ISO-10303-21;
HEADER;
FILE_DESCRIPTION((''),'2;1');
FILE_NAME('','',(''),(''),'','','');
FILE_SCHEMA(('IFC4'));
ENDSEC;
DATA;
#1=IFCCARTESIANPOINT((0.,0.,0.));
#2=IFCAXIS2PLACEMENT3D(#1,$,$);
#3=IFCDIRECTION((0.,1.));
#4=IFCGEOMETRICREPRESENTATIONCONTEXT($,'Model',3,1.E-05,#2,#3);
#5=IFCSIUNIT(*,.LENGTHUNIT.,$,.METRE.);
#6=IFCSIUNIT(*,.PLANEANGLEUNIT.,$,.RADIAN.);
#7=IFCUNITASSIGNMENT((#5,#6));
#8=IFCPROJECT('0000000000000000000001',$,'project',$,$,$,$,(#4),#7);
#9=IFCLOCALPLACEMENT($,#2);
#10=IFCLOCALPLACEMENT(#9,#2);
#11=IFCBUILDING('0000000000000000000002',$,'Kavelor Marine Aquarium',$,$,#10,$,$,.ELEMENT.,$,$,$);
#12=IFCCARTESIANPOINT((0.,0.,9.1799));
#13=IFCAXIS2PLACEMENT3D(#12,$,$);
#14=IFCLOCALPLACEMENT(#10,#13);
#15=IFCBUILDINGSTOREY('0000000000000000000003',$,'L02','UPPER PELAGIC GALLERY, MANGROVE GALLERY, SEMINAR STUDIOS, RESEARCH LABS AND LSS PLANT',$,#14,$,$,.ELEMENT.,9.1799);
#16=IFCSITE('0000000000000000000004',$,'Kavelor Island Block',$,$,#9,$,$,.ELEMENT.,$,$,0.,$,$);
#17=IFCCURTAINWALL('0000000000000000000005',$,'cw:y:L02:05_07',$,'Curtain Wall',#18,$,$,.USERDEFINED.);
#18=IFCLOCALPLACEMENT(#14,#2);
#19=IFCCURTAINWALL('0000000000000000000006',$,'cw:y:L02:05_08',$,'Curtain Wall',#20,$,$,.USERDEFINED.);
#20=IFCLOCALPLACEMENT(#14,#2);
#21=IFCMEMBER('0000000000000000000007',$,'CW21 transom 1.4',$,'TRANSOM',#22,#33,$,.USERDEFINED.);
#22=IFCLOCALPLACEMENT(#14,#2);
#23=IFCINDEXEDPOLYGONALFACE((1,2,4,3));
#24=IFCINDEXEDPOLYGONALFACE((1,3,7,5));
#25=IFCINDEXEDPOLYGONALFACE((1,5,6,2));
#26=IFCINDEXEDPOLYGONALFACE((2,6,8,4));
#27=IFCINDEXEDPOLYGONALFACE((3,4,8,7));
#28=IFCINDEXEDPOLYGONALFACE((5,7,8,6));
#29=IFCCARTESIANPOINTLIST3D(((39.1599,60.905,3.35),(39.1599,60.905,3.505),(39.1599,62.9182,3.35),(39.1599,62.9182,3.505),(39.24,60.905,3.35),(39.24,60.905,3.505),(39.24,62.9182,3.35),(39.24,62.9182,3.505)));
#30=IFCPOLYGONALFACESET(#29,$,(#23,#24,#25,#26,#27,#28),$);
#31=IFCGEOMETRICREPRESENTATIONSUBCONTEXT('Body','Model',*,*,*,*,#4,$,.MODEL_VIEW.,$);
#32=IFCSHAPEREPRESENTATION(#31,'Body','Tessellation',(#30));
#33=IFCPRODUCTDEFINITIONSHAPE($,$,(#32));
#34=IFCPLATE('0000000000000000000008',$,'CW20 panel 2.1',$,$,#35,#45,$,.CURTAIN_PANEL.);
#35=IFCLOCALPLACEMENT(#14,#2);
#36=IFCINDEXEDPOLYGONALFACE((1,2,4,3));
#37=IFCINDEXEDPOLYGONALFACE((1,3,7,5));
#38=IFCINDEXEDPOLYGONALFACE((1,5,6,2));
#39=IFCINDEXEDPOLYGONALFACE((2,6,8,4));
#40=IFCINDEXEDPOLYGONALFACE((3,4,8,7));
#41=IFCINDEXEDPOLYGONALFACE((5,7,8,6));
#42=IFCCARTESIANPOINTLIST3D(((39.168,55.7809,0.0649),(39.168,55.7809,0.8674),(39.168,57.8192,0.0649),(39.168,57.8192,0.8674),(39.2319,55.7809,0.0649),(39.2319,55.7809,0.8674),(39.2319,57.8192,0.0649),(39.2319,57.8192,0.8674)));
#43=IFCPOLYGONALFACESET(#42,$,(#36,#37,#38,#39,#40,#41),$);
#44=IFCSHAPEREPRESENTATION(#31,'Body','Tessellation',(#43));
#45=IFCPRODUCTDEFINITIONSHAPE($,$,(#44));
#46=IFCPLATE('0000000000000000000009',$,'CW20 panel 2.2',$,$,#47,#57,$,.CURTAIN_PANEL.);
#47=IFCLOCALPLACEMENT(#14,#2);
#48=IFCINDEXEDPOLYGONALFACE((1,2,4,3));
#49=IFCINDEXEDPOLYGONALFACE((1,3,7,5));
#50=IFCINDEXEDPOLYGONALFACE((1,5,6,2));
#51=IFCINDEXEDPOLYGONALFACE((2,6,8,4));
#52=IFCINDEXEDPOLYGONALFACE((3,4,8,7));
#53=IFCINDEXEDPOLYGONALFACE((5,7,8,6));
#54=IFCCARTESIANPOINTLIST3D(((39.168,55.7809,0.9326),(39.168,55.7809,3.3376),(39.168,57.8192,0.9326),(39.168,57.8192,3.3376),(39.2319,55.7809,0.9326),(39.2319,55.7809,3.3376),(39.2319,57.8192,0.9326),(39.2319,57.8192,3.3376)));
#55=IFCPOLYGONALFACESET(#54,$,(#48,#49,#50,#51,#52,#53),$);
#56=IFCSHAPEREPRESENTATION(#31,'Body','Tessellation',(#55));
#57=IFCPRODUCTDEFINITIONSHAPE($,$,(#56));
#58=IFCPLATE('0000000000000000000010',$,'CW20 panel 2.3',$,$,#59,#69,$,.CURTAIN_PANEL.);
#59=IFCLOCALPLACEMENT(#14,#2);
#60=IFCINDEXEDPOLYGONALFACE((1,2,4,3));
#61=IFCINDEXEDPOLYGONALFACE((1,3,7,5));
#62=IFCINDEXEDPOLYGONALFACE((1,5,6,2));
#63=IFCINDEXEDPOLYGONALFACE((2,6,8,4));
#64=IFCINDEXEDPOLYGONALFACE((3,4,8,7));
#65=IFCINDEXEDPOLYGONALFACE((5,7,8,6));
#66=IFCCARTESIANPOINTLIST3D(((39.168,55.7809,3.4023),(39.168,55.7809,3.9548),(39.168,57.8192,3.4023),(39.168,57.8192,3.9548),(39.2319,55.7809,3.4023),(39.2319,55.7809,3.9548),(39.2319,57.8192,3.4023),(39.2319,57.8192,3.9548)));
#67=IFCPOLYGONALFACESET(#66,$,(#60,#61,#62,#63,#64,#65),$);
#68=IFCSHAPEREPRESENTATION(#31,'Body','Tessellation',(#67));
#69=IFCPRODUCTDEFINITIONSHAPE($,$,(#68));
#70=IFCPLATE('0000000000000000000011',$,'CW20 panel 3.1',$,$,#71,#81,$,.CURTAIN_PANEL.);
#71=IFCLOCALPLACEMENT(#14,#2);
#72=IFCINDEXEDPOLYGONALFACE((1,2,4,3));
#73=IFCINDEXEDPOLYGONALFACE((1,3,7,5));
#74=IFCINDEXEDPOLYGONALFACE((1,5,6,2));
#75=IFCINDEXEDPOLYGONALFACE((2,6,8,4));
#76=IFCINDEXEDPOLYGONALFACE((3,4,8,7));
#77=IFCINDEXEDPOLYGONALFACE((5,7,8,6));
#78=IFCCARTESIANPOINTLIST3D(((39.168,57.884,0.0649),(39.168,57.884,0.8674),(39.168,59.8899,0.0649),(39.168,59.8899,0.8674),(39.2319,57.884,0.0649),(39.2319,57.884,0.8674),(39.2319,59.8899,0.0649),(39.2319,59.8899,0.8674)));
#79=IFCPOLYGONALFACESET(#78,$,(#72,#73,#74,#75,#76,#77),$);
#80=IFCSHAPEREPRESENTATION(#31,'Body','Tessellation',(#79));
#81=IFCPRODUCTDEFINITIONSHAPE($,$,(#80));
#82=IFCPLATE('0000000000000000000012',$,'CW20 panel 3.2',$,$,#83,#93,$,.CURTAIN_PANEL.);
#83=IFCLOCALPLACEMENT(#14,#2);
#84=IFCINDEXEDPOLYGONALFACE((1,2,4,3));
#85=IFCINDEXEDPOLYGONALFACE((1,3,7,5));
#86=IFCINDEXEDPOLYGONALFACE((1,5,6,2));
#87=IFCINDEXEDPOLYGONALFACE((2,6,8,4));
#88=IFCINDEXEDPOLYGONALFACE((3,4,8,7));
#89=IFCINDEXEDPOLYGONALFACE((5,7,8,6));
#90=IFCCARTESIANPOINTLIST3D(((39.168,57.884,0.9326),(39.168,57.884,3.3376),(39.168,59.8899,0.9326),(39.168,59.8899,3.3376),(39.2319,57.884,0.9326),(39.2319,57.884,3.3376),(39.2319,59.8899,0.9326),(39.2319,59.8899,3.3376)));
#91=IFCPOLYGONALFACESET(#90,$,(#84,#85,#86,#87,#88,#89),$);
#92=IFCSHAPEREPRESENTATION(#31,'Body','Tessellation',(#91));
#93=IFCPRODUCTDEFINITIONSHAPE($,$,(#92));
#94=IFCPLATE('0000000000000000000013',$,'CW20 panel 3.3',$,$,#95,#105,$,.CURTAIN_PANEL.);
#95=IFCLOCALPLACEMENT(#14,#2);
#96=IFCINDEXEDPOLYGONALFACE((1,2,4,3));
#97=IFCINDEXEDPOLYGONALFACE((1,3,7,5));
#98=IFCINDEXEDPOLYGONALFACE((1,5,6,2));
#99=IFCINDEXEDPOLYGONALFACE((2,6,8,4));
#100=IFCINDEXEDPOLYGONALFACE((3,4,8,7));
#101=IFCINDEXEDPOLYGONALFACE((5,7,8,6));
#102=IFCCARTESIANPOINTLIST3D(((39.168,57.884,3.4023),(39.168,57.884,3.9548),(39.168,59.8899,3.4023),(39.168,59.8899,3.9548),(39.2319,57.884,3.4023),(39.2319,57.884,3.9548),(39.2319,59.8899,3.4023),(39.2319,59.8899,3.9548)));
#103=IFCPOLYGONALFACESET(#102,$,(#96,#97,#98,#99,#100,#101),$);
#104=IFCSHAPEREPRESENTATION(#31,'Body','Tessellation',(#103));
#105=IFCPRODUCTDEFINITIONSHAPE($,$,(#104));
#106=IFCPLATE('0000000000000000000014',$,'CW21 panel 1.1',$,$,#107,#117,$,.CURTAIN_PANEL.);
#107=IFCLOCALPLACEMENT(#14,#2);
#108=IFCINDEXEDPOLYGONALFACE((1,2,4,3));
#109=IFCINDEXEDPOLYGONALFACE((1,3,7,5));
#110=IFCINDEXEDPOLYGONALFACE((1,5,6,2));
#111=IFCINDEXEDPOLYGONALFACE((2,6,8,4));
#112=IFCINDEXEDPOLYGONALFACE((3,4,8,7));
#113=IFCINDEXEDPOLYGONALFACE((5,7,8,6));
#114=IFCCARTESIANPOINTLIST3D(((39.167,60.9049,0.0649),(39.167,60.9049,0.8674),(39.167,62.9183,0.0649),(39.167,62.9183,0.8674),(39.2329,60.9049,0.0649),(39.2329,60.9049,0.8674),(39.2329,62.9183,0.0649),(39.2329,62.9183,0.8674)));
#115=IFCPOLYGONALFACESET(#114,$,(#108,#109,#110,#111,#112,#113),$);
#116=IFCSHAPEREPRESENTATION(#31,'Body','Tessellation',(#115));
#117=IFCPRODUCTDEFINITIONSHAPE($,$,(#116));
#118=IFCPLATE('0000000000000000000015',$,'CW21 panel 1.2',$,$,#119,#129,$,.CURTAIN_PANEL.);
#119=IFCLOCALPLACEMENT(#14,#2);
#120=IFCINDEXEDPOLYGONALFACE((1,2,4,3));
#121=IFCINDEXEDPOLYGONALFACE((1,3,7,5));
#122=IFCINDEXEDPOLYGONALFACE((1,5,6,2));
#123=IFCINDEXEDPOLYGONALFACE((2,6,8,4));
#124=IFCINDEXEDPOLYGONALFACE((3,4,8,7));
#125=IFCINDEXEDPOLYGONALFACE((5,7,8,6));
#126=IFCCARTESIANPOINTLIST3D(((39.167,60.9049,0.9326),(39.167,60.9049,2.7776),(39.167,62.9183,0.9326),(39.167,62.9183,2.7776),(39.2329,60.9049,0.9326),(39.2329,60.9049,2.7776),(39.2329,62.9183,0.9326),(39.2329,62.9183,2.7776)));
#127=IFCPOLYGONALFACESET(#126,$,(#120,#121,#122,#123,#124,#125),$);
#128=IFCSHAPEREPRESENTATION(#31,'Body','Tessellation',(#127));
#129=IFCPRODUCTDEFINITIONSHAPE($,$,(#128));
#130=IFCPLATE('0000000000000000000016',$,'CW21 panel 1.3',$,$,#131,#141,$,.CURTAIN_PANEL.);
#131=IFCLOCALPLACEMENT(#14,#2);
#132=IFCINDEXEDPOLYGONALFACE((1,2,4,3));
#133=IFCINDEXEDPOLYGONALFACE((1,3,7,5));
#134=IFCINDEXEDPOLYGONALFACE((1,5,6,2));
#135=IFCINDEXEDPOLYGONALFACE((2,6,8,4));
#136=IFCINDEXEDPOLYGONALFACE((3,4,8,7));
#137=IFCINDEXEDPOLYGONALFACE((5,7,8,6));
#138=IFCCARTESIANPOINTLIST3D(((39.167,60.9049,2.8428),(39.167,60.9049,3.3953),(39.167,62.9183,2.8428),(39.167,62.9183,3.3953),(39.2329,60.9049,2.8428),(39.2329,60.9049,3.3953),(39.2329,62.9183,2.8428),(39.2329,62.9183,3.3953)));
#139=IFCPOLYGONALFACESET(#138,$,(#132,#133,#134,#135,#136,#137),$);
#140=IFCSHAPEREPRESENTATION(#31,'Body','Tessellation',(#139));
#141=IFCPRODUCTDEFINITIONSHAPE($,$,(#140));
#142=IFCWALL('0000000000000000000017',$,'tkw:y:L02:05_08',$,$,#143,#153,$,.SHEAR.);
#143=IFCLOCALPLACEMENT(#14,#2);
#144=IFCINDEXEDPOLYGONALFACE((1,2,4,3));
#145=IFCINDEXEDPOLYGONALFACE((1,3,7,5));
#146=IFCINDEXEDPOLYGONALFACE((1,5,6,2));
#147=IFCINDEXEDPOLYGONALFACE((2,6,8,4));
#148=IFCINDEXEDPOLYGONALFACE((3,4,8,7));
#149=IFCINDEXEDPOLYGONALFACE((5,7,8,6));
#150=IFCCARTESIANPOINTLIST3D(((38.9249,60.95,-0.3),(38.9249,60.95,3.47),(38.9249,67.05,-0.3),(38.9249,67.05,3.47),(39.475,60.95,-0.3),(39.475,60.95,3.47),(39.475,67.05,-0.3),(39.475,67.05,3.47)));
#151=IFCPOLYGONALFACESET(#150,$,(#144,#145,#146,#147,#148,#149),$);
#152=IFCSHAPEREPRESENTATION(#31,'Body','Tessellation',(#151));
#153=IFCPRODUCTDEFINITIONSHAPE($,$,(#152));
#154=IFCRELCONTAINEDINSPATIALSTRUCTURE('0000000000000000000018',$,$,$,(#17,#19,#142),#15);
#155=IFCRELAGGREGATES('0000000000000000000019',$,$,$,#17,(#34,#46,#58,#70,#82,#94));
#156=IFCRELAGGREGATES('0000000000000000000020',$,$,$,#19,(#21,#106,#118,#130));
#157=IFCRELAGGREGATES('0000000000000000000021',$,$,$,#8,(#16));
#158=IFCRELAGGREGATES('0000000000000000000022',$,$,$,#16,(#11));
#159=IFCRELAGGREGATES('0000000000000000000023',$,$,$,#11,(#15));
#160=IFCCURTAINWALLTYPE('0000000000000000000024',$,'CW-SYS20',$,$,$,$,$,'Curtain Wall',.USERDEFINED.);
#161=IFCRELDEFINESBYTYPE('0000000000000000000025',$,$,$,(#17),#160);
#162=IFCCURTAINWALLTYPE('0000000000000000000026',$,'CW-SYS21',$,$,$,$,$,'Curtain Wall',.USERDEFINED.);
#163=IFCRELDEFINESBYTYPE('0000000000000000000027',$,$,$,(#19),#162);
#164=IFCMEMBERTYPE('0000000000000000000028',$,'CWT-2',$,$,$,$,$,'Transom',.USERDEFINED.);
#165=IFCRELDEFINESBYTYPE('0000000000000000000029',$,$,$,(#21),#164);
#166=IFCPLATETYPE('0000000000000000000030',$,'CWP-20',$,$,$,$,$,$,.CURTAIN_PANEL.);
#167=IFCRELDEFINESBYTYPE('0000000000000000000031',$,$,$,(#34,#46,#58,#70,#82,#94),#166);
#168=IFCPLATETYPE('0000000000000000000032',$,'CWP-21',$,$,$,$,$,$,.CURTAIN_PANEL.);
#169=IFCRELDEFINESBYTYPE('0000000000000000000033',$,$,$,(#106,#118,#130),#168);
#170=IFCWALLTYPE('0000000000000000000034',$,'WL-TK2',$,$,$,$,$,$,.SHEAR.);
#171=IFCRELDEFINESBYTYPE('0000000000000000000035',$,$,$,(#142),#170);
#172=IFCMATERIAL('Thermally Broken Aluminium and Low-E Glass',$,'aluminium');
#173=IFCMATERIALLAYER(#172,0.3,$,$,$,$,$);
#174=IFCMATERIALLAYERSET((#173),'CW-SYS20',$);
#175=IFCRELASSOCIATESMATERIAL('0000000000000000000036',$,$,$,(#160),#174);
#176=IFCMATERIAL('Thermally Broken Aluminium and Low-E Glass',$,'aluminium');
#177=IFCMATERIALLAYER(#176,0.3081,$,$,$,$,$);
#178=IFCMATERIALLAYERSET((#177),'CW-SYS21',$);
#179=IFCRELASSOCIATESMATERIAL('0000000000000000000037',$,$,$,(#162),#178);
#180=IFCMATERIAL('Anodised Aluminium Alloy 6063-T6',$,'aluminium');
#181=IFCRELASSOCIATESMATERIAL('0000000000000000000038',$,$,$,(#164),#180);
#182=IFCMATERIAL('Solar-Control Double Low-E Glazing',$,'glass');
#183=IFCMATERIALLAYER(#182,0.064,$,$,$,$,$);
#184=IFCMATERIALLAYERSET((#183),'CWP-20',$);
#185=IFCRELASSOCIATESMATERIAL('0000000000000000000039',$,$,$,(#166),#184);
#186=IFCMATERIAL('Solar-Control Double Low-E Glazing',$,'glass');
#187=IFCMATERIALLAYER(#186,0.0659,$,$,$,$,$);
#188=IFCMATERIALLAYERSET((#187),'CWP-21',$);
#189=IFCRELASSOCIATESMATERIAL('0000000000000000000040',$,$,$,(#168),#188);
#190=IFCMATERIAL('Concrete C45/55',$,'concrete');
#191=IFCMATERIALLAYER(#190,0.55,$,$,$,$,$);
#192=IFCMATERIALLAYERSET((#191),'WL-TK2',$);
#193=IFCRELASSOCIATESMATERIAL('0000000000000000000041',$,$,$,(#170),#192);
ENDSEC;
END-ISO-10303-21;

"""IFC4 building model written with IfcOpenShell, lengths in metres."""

from ifc_helpers import new_model, si_unit, direction, frame, frame_2d, origin, origin_2d, place, context, subcontext, project, spatial, rectangle, extrude, material, layer, layer_set, material_profile, profile_set, type_object, element, aggregate, save


model = new_model("IFC4")

# Units and contexts
model_context = context("Model", 3, precision=1e-05, world=origin(), true_north=direction((0.0, 1.0)))
body_context = subcontext(model_context, "Body", "Model", "MODEL_VIEW")
ifc_project = project(units=[si_unit("LENGTHUNIT", "METRE"), si_unit("PLANEANGLEUNIT", "RADIAN")], contexts=[model_context])

# Site, building, storey
site_placement = place(None, origin())
site = spatial("IfcSite", under=ifc_project, at=site_placement, Name="Kavelor Island Block", CompositionType="ELEMENT", RefElevation=0.0)
building_placement = place(site_placement, origin())
building = spatial("IfcBuilding", under=site, at=building_placement, Name="Kavelor Marine Aquarium", CompositionType="ELEMENT")
storey_placement = place(building_placement, frame((0.0, 0.0, 9.1799)))
storey = spatial("IfcBuildingStorey", under=building, at=storey_placement, Name="L02", Description="UPPER PELAGIC GALLERY, MANGROVE GALLERY, SEMINAR STUDIOS, RESEARCH LABS AND LSS PLANT", CompositionType="ELEMENT", Elevation=9.1799)

# Curtain wall
ifc_material_1 = material(Name="Thermally Broken Aluminium and Low-E Glass", Category="aluminium")
ifc_layer_1 = layer(ifc_material_1, 0.3)
ifc_layer_set_1 = layer_set([ifc_layer_1], Name="CW-SYS20")
curtain_wall_type_1 = type_object("IfcCurtainWallType", Name="CW-SYS20", ElementType="Curtain Wall", PredefinedType="USERDEFINED", material=ifc_layer_set_1)
curtain_wall_1_placement = place(storey_placement, origin())
curtain_wall_1 = element("IfcCurtainWall", 1, at=curtain_wall_1_placement, inside=storey, type_object=curtain_wall_type_1, Name="cw:y:L02:05_07", ObjectType="Curtain Wall", PredefinedType="USERDEFINED")

# Curtain wall
ifc_material_2 = material(Name="Thermally Broken Aluminium and Low-E Glass", Category="aluminium")
ifc_layer_2 = layer(ifc_material_2, 0.3081)
ifc_layer_set_2 = layer_set([ifc_layer_2], Name="CW-SYS21")
curtain_wall_type_2 = type_object("IfcCurtainWallType", Name="CW-SYS21", ElementType="Curtain Wall", PredefinedType="USERDEFINED", material=ifc_layer_set_2)
curtain_wall_2_placement = place(storey_placement, origin())
curtain_wall_2 = element("IfcCurtainWall", 2, at=curtain_wall_2_placement, inside=storey, type_object=curtain_wall_type_2, Name="cw:y:L02:05_08", ObjectType="Curtain Wall", PredefinedType="USERDEFINED")

# Member
ifc_material_3 = material(Name="Anodised Aluminium Alloy 6063-T6", Category="aluminium")
ifc_material_profile_1 = material_profile(ifc_material_3, rectangle(XDim=0.0801, YDim=0.155, at=origin_2d()), Name="CW-TRN 80x155")
ifc_profile_set_1 = profile_set([ifc_material_profile_1], Name="Anodised Aluminium Alloy 6063-T6")
member_type_1 = type_object("IfcMemberType", Name="CWT-2", ElementType="Transom", PredefinedType="USERDEFINED", material=ifc_profile_set_1)
member_1_placement = place(storey_placement, frame((39.2, 60.905, 3.4275), z_axis=(0.0, 1.0, 0.0), x_axis=(-1.0, 0.0, 0.0)))
member_1 = element("IfcMember", 3, at=member_1_placement, type_object=member_type_1, Name="CW21 transom 1.4", ObjectType="TRANSOM", PredefinedType="USERDEFINED", context=body_context, shape_type="SweptSolid", body=[
    extrude(rectangle(XDim=0.0801, YDim=0.155, at=origin_2d()), origin(), (0.0, 0.0, 1.0), 2.0132),
])

# Plates
ifc_material_4 = material(Name="Solar-Control Double Low-E Glazing", Category="glass")
ifc_layer_3 = layer(ifc_material_4, 0.064)
ifc_layer_set_3 = layer_set([ifc_layer_3], Name="CWP-20")
plate_type_1 = type_object("IfcPlateType", Name="CWP-20", PredefinedType="CURTAIN_PANEL", material=ifc_layer_set_3)
plate_1_placement = place(storey_placement, frame((39.2, 56.8, 0.0649), z_axis=(0.0, 0.0, 1.0), x_axis=(0.0, 1.0, 0.0)))
plate_1 = element("IfcPlate", 4, at=plate_1_placement, type_object=plate_type_1, Name="CW20 panel 2.1", PredefinedType="CURTAIN_PANEL", context=body_context, shape_type="SweptSolid", body=[
    extrude(rectangle(XDim=2.0383, YDim=0.064, at=origin_2d()), origin(), (0.0, 0.0, 1.0), 0.8025),
])
plate_2_placement = place(storey_placement, frame((39.2, 56.8, 0.9326), z_axis=(0.0, 0.0, 1.0), x_axis=(0.0, 1.0, 0.0)))
plate_2 = element("IfcPlate", 5, at=plate_2_placement, type_object=plate_type_1, Name="CW20 panel 2.2", PredefinedType="CURTAIN_PANEL", context=body_context, shape_type="SweptSolid", body=[
    extrude(rectangle(XDim=2.0383, YDim=0.064, at=origin_2d()), origin(), (0.0, 0.0, 1.0), 2.405),
])
plate_3_placement = place(storey_placement, frame((39.2, 56.8, 3.4023), z_axis=(0.0, 0.0, 1.0), x_axis=(0.0, 1.0, 0.0)))
plate_3 = element("IfcPlate", 6, at=plate_3_placement, type_object=plate_type_1, Name="CW20 panel 2.3", PredefinedType="CURTAIN_PANEL", context=body_context, shape_type="SweptSolid", body=[
    extrude(rectangle(XDim=2.0383, YDim=0.064, at=origin_2d()), origin(), (0.0, 0.0, 1.0), 0.5525),
])
plate_4_placement = place(storey_placement, frame((39.2, 58.887, 0.0649), z_axis=(0.0, 0.0, 1.0), x_axis=(0.0, 1.0, 0.0)))
plate_4 = element("IfcPlate", 7, at=plate_4_placement, type_object=plate_type_1, Name="CW20 panel 3.1", PredefinedType="CURTAIN_PANEL", context=body_context, shape_type="SweptSolid", body=[
    extrude(rectangle(XDim=2.0059, YDim=0.064, at=origin_2d()), origin(), (0.0, 0.0, 1.0), 0.8025),
])
plate_5_placement = place(storey_placement, frame((39.2, 58.887, 0.9326), z_axis=(0.0, 0.0, 1.0), x_axis=(0.0, 1.0, 0.0)))
plate_5 = element("IfcPlate", 8, at=plate_5_placement, type_object=plate_type_1, Name="CW20 panel 3.2", PredefinedType="CURTAIN_PANEL", context=body_context, shape_type="SweptSolid", body=[
    extrude(rectangle(XDim=2.0059, YDim=0.064, at=origin_2d()), origin(), (0.0, 0.0, 1.0), 2.405),
])
plate_6_placement = place(storey_placement, frame((39.2, 58.887, 3.4023), z_axis=(0.0, 0.0, 1.0), x_axis=(0.0, 1.0, 0.0)))
plate_6 = element("IfcPlate", 9, at=plate_6_placement, type_object=plate_type_1, Name="CW20 panel 3.3", PredefinedType="CURTAIN_PANEL", context=body_context, shape_type="SweptSolid", body=[
    extrude(rectangle(XDim=2.0059, YDim=0.064, at=origin_2d()), origin(), (0.0, 0.0, 1.0), 0.5525),
])
aggregate(curtain_wall_1, [plate_1, plate_2, plate_3, plate_4, plate_5, plate_6])
ifc_material_5 = material(Name="Solar-Control Double Low-E Glazing", Category="glass")
ifc_layer_4 = layer(ifc_material_5, 0.0659)
ifc_layer_set_4 = layer_set([ifc_layer_4], Name="CWP-21")
plate_type_2 = type_object("IfcPlateType", Name="CWP-21", PredefinedType="CURTAIN_PANEL", material=ifc_layer_set_4)
plate_7_placement = place(storey_placement, frame((39.2, 61.9116, 0.0649), z_axis=(0.0, 0.0, 1.0), x_axis=(0.0, 1.0, 0.0)))
plate_7 = element("IfcPlate", 10, at=plate_7_placement, type_object=plate_type_2, Name="CW21 panel 1.1", PredefinedType="CURTAIN_PANEL", context=body_context, shape_type="SweptSolid", body=[
    extrude(rectangle(XDim=2.0134, YDim=0.0659, at=origin_2d()), origin(), (0.0, 0.0, 1.0), 0.8025),
])
plate_8_placement = place(storey_placement, frame((39.2, 61.9116, 0.9326), z_axis=(0.0, 0.0, 1.0), x_axis=(0.0, 1.0, 0.0)))
plate_8 = element("IfcPlate", 11, at=plate_8_placement, type_object=plate_type_2, Name="CW21 panel 1.2", PredefinedType="CURTAIN_PANEL", context=body_context, shape_type="SweptSolid", body=[
    extrude(rectangle(XDim=2.0134, YDim=0.0659, at=origin_2d()), origin(), (0.0, 0.0, 1.0), 1.845),
])
plate_9_placement = place(storey_placement, frame((39.2, 61.9116, 2.8428), z_axis=(0.0, 0.0, 1.0), x_axis=(0.0, 1.0, 0.0)))
plate_9 = element("IfcPlate", 12, at=plate_9_placement, type_object=plate_type_2, Name="CW21 panel 1.3", PredefinedType="CURTAIN_PANEL", context=body_context, shape_type="SweptSolid", body=[
    extrude(rectangle(XDim=2.0134, YDim=0.0659, at=origin_2d()), origin(), (0.0, 0.0, 1.0), 0.5525),
])
aggregate(curtain_wall_2, [member_1, plate_7, plate_8, plate_9])

# Wall
ifc_material_6 = material(Name="Concrete C45/55", Category="concrete")
ifc_layer_5 = layer(ifc_material_6, 0.55)
ifc_layer_set_5 = layer_set([ifc_layer_5], Name="WL-TK2")
wall_type = type_object("IfcWallType", Name="WL-TK2", PredefinedType="SHEAR", material=ifc_layer_set_5)
wall_placement = place(storey_placement, frame((39.2, 60.95, -0.3), z_axis=(0.0, 0.0, 1.0), x_axis=(0.0, 1.0, 0.0)))
element("IfcWall", 13, at=wall_placement, inside=storey, type_object=wall_type, Name="tkw:y:L02:05_08", PredefinedType="SHEAR", context=body_context, shape_type="SweptSolid", body=[
    extrude(rectangle(XDim=6.1001, YDim=0.55, at=frame_2d((3.05, 0.0))), origin(), (0.0, 0.0, 1.0), 3.77),
])

save(model, "model.ifc")
